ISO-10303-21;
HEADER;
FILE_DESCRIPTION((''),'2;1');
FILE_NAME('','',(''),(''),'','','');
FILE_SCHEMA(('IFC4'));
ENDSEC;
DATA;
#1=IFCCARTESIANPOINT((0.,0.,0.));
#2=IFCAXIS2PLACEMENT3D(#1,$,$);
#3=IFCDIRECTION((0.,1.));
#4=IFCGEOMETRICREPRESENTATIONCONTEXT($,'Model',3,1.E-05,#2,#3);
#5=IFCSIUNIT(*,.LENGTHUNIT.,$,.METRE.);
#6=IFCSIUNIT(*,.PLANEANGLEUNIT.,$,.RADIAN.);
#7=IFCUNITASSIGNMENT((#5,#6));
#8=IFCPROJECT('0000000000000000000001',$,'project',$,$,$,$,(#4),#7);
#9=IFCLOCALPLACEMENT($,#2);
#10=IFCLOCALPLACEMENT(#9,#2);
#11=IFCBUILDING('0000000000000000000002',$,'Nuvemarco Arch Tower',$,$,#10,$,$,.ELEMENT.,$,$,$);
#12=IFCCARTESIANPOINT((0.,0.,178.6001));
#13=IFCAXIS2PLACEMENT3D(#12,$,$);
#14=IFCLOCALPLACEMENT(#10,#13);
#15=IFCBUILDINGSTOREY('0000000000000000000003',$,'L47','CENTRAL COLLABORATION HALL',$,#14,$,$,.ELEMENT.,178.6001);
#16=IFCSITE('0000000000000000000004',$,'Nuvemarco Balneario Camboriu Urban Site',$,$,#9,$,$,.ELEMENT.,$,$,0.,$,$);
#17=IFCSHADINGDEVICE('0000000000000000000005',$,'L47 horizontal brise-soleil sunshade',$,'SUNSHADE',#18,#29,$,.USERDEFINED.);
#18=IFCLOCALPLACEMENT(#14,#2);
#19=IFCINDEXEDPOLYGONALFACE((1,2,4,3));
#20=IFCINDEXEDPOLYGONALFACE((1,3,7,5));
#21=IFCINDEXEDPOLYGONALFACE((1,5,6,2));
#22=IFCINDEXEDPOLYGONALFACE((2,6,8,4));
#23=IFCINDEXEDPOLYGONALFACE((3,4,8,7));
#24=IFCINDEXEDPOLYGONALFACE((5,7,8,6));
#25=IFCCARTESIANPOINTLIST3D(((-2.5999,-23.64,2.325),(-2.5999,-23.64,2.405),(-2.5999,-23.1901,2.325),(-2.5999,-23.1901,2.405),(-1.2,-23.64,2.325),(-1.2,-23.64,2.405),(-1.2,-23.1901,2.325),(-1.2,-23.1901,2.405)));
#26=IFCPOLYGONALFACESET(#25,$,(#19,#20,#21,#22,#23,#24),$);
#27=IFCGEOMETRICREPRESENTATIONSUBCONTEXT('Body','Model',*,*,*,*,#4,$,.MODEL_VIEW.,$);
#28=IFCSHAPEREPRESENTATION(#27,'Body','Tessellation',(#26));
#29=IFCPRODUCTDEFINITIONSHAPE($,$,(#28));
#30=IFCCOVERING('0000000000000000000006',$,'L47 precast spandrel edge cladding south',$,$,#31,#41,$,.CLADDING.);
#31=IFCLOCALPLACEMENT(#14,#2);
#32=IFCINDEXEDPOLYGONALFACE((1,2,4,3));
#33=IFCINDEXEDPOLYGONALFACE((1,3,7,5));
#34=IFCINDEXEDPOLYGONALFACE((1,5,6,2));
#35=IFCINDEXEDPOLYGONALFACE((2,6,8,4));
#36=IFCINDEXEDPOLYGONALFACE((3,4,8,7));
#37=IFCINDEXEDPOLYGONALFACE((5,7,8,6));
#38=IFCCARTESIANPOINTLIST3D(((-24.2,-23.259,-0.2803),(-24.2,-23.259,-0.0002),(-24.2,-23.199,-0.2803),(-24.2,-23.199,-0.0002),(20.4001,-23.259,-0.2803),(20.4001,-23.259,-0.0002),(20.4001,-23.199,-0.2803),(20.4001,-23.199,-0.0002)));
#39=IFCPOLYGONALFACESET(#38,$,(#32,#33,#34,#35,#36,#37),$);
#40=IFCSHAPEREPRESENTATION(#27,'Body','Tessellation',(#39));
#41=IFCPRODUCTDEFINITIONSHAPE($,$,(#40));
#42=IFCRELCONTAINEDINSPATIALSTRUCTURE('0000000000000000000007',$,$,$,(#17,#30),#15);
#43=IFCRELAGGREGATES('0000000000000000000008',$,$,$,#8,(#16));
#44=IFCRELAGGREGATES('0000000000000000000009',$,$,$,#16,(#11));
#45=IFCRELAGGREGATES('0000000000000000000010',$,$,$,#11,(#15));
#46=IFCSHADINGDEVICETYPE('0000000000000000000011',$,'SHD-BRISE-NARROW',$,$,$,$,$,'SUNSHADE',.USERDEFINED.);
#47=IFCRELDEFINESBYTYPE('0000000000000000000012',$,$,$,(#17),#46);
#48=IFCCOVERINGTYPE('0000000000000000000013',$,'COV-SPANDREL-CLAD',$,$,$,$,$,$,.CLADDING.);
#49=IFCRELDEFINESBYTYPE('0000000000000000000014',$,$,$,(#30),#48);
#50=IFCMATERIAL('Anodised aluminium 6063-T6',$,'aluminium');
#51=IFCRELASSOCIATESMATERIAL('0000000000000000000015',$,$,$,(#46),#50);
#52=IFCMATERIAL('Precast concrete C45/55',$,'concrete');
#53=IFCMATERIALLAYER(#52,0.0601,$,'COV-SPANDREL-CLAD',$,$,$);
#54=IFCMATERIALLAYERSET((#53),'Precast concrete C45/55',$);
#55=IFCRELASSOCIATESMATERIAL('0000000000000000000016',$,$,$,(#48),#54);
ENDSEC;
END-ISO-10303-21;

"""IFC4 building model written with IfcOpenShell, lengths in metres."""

from ifc_helpers import new_model, si_unit, direction, frame, origin, origin_2d, place, context, subcontext, project, spatial, rectangle, extrude, source, transform, mapped, material, layer, layer_set, type_object, type_shapes, element, save


model = new_model("IFC4")

# Units and contexts
model_context = context("Model", 3, precision=1e-05, world=origin(), true_north=direction((0.0, 1.0)))
body_context = subcontext(model_context, "Body", "Model", "MODEL_VIEW")
ifc_project = project(units=[si_unit("LENGTHUNIT", "METRE"), si_unit("PLANEANGLEUNIT", "RADIAN")], contexts=[model_context])

# Site, building, storey
site_placement = place(None, origin())
site = spatial("IfcSite", under=ifc_project, at=site_placement, Name="Nuvemarco Balneario Camboriu Urban Site", CompositionType="ELEMENT", RefElevation=0.0)
building_placement = place(site_placement, origin())
building = spatial("IfcBuilding", under=site, at=building_placement, Name="Nuvemarco Arch Tower", CompositionType="ELEMENT")
storey_placement = place(building_placement, frame((0.0, 0.0, 178.6001)))
storey = spatial("IfcBuildingStorey", under=building, at=storey_placement, Name="L47", Description="CENTRAL COLLABORATION HALL", CompositionType="ELEMENT", Elevation=178.6001)

# Shared definitions
ifc_material_1 = material(Name="Precast concrete C45/55", Category="concrete")

# Shading device
ifc_material_2 = material(Name="Anodised aluminium 6063-T6", Category="aluminium")
shading_device_type = type_object("IfcShadingDeviceType", Name="SHD-BRISE-NARROW", ElementType="SUNSHADE", PredefinedType="USERDEFINED", material=ifc_material_2)
shared_shape_1 = source(origin(), body_context, "Body", "SweptSolid", [
    extrude(rectangle(XDim=1.3999, YDim=0.45, at=origin_2d()), origin(), (0.0, 0.0, 1.0), 0.0801),
])
type_shapes(shading_device_type, [shared_shape_1])
for number, where, z_axis, x_axis, name in (
    (1, (-1.8999, -23.415, 2.325), (0.0, 0.0, 1.0), (1.0, 0.0, 0.0), "L47 horizontal brise-soleil sunshade"),
):
    element("IfcShadingDevice", number, at=place(storey_placement, frame(where, z_axis=z_axis, x_axis=x_axis)), inside=storey, type_object=shading_device_type, Name=name, ObjectType="SUNSHADE", PredefinedType="USERDEFINED", context=body_context, shape_type="MappedRepresentation", body=[
        mapped(shared_shape_1, transform((0.0, 0.0, 0.0), scale=1.0)),
    ])

# Covering
ifc_layer_1 = layer(ifc_material_1, 0.0601, Name="COV-SPANDREL-CLAD")
ifc_layer_set_1 = layer_set([ifc_layer_1], Name="Precast concrete C45/55")
covering_type = type_object("IfcCoveringType", Name="COV-SPANDREL-CLAD", PredefinedType="CLADDING", material=ifc_layer_set_1)
shared_shape_2 = source(origin(), body_context, "Body", "SweptSolid", [
    extrude(rectangle(XDim=44.6001, YDim=0.0601, at=origin_2d()), origin(), (0.0, 0.0, 1.0), 0.28),
])
type_shapes(covering_type, [shared_shape_2])
covering_placement = place(storey_placement, frame((-1.8999, -23.229, -0.2803), z_axis=(0.0, 0.0, 1.0), x_axis=(1.0, 0.0, 0.0)))
element("IfcCovering", 2, at=covering_placement, inside=storey, type_object=covering_type, Name="L47 precast spandrel edge cladding south", PredefinedType="CLADDING", context=body_context, shape_type="MappedRepresentation", body=[
    mapped(shared_shape_2, transform((0.0, 0.0, 0.0), scale=1.0)),
])

save(model, "model.ifc")
